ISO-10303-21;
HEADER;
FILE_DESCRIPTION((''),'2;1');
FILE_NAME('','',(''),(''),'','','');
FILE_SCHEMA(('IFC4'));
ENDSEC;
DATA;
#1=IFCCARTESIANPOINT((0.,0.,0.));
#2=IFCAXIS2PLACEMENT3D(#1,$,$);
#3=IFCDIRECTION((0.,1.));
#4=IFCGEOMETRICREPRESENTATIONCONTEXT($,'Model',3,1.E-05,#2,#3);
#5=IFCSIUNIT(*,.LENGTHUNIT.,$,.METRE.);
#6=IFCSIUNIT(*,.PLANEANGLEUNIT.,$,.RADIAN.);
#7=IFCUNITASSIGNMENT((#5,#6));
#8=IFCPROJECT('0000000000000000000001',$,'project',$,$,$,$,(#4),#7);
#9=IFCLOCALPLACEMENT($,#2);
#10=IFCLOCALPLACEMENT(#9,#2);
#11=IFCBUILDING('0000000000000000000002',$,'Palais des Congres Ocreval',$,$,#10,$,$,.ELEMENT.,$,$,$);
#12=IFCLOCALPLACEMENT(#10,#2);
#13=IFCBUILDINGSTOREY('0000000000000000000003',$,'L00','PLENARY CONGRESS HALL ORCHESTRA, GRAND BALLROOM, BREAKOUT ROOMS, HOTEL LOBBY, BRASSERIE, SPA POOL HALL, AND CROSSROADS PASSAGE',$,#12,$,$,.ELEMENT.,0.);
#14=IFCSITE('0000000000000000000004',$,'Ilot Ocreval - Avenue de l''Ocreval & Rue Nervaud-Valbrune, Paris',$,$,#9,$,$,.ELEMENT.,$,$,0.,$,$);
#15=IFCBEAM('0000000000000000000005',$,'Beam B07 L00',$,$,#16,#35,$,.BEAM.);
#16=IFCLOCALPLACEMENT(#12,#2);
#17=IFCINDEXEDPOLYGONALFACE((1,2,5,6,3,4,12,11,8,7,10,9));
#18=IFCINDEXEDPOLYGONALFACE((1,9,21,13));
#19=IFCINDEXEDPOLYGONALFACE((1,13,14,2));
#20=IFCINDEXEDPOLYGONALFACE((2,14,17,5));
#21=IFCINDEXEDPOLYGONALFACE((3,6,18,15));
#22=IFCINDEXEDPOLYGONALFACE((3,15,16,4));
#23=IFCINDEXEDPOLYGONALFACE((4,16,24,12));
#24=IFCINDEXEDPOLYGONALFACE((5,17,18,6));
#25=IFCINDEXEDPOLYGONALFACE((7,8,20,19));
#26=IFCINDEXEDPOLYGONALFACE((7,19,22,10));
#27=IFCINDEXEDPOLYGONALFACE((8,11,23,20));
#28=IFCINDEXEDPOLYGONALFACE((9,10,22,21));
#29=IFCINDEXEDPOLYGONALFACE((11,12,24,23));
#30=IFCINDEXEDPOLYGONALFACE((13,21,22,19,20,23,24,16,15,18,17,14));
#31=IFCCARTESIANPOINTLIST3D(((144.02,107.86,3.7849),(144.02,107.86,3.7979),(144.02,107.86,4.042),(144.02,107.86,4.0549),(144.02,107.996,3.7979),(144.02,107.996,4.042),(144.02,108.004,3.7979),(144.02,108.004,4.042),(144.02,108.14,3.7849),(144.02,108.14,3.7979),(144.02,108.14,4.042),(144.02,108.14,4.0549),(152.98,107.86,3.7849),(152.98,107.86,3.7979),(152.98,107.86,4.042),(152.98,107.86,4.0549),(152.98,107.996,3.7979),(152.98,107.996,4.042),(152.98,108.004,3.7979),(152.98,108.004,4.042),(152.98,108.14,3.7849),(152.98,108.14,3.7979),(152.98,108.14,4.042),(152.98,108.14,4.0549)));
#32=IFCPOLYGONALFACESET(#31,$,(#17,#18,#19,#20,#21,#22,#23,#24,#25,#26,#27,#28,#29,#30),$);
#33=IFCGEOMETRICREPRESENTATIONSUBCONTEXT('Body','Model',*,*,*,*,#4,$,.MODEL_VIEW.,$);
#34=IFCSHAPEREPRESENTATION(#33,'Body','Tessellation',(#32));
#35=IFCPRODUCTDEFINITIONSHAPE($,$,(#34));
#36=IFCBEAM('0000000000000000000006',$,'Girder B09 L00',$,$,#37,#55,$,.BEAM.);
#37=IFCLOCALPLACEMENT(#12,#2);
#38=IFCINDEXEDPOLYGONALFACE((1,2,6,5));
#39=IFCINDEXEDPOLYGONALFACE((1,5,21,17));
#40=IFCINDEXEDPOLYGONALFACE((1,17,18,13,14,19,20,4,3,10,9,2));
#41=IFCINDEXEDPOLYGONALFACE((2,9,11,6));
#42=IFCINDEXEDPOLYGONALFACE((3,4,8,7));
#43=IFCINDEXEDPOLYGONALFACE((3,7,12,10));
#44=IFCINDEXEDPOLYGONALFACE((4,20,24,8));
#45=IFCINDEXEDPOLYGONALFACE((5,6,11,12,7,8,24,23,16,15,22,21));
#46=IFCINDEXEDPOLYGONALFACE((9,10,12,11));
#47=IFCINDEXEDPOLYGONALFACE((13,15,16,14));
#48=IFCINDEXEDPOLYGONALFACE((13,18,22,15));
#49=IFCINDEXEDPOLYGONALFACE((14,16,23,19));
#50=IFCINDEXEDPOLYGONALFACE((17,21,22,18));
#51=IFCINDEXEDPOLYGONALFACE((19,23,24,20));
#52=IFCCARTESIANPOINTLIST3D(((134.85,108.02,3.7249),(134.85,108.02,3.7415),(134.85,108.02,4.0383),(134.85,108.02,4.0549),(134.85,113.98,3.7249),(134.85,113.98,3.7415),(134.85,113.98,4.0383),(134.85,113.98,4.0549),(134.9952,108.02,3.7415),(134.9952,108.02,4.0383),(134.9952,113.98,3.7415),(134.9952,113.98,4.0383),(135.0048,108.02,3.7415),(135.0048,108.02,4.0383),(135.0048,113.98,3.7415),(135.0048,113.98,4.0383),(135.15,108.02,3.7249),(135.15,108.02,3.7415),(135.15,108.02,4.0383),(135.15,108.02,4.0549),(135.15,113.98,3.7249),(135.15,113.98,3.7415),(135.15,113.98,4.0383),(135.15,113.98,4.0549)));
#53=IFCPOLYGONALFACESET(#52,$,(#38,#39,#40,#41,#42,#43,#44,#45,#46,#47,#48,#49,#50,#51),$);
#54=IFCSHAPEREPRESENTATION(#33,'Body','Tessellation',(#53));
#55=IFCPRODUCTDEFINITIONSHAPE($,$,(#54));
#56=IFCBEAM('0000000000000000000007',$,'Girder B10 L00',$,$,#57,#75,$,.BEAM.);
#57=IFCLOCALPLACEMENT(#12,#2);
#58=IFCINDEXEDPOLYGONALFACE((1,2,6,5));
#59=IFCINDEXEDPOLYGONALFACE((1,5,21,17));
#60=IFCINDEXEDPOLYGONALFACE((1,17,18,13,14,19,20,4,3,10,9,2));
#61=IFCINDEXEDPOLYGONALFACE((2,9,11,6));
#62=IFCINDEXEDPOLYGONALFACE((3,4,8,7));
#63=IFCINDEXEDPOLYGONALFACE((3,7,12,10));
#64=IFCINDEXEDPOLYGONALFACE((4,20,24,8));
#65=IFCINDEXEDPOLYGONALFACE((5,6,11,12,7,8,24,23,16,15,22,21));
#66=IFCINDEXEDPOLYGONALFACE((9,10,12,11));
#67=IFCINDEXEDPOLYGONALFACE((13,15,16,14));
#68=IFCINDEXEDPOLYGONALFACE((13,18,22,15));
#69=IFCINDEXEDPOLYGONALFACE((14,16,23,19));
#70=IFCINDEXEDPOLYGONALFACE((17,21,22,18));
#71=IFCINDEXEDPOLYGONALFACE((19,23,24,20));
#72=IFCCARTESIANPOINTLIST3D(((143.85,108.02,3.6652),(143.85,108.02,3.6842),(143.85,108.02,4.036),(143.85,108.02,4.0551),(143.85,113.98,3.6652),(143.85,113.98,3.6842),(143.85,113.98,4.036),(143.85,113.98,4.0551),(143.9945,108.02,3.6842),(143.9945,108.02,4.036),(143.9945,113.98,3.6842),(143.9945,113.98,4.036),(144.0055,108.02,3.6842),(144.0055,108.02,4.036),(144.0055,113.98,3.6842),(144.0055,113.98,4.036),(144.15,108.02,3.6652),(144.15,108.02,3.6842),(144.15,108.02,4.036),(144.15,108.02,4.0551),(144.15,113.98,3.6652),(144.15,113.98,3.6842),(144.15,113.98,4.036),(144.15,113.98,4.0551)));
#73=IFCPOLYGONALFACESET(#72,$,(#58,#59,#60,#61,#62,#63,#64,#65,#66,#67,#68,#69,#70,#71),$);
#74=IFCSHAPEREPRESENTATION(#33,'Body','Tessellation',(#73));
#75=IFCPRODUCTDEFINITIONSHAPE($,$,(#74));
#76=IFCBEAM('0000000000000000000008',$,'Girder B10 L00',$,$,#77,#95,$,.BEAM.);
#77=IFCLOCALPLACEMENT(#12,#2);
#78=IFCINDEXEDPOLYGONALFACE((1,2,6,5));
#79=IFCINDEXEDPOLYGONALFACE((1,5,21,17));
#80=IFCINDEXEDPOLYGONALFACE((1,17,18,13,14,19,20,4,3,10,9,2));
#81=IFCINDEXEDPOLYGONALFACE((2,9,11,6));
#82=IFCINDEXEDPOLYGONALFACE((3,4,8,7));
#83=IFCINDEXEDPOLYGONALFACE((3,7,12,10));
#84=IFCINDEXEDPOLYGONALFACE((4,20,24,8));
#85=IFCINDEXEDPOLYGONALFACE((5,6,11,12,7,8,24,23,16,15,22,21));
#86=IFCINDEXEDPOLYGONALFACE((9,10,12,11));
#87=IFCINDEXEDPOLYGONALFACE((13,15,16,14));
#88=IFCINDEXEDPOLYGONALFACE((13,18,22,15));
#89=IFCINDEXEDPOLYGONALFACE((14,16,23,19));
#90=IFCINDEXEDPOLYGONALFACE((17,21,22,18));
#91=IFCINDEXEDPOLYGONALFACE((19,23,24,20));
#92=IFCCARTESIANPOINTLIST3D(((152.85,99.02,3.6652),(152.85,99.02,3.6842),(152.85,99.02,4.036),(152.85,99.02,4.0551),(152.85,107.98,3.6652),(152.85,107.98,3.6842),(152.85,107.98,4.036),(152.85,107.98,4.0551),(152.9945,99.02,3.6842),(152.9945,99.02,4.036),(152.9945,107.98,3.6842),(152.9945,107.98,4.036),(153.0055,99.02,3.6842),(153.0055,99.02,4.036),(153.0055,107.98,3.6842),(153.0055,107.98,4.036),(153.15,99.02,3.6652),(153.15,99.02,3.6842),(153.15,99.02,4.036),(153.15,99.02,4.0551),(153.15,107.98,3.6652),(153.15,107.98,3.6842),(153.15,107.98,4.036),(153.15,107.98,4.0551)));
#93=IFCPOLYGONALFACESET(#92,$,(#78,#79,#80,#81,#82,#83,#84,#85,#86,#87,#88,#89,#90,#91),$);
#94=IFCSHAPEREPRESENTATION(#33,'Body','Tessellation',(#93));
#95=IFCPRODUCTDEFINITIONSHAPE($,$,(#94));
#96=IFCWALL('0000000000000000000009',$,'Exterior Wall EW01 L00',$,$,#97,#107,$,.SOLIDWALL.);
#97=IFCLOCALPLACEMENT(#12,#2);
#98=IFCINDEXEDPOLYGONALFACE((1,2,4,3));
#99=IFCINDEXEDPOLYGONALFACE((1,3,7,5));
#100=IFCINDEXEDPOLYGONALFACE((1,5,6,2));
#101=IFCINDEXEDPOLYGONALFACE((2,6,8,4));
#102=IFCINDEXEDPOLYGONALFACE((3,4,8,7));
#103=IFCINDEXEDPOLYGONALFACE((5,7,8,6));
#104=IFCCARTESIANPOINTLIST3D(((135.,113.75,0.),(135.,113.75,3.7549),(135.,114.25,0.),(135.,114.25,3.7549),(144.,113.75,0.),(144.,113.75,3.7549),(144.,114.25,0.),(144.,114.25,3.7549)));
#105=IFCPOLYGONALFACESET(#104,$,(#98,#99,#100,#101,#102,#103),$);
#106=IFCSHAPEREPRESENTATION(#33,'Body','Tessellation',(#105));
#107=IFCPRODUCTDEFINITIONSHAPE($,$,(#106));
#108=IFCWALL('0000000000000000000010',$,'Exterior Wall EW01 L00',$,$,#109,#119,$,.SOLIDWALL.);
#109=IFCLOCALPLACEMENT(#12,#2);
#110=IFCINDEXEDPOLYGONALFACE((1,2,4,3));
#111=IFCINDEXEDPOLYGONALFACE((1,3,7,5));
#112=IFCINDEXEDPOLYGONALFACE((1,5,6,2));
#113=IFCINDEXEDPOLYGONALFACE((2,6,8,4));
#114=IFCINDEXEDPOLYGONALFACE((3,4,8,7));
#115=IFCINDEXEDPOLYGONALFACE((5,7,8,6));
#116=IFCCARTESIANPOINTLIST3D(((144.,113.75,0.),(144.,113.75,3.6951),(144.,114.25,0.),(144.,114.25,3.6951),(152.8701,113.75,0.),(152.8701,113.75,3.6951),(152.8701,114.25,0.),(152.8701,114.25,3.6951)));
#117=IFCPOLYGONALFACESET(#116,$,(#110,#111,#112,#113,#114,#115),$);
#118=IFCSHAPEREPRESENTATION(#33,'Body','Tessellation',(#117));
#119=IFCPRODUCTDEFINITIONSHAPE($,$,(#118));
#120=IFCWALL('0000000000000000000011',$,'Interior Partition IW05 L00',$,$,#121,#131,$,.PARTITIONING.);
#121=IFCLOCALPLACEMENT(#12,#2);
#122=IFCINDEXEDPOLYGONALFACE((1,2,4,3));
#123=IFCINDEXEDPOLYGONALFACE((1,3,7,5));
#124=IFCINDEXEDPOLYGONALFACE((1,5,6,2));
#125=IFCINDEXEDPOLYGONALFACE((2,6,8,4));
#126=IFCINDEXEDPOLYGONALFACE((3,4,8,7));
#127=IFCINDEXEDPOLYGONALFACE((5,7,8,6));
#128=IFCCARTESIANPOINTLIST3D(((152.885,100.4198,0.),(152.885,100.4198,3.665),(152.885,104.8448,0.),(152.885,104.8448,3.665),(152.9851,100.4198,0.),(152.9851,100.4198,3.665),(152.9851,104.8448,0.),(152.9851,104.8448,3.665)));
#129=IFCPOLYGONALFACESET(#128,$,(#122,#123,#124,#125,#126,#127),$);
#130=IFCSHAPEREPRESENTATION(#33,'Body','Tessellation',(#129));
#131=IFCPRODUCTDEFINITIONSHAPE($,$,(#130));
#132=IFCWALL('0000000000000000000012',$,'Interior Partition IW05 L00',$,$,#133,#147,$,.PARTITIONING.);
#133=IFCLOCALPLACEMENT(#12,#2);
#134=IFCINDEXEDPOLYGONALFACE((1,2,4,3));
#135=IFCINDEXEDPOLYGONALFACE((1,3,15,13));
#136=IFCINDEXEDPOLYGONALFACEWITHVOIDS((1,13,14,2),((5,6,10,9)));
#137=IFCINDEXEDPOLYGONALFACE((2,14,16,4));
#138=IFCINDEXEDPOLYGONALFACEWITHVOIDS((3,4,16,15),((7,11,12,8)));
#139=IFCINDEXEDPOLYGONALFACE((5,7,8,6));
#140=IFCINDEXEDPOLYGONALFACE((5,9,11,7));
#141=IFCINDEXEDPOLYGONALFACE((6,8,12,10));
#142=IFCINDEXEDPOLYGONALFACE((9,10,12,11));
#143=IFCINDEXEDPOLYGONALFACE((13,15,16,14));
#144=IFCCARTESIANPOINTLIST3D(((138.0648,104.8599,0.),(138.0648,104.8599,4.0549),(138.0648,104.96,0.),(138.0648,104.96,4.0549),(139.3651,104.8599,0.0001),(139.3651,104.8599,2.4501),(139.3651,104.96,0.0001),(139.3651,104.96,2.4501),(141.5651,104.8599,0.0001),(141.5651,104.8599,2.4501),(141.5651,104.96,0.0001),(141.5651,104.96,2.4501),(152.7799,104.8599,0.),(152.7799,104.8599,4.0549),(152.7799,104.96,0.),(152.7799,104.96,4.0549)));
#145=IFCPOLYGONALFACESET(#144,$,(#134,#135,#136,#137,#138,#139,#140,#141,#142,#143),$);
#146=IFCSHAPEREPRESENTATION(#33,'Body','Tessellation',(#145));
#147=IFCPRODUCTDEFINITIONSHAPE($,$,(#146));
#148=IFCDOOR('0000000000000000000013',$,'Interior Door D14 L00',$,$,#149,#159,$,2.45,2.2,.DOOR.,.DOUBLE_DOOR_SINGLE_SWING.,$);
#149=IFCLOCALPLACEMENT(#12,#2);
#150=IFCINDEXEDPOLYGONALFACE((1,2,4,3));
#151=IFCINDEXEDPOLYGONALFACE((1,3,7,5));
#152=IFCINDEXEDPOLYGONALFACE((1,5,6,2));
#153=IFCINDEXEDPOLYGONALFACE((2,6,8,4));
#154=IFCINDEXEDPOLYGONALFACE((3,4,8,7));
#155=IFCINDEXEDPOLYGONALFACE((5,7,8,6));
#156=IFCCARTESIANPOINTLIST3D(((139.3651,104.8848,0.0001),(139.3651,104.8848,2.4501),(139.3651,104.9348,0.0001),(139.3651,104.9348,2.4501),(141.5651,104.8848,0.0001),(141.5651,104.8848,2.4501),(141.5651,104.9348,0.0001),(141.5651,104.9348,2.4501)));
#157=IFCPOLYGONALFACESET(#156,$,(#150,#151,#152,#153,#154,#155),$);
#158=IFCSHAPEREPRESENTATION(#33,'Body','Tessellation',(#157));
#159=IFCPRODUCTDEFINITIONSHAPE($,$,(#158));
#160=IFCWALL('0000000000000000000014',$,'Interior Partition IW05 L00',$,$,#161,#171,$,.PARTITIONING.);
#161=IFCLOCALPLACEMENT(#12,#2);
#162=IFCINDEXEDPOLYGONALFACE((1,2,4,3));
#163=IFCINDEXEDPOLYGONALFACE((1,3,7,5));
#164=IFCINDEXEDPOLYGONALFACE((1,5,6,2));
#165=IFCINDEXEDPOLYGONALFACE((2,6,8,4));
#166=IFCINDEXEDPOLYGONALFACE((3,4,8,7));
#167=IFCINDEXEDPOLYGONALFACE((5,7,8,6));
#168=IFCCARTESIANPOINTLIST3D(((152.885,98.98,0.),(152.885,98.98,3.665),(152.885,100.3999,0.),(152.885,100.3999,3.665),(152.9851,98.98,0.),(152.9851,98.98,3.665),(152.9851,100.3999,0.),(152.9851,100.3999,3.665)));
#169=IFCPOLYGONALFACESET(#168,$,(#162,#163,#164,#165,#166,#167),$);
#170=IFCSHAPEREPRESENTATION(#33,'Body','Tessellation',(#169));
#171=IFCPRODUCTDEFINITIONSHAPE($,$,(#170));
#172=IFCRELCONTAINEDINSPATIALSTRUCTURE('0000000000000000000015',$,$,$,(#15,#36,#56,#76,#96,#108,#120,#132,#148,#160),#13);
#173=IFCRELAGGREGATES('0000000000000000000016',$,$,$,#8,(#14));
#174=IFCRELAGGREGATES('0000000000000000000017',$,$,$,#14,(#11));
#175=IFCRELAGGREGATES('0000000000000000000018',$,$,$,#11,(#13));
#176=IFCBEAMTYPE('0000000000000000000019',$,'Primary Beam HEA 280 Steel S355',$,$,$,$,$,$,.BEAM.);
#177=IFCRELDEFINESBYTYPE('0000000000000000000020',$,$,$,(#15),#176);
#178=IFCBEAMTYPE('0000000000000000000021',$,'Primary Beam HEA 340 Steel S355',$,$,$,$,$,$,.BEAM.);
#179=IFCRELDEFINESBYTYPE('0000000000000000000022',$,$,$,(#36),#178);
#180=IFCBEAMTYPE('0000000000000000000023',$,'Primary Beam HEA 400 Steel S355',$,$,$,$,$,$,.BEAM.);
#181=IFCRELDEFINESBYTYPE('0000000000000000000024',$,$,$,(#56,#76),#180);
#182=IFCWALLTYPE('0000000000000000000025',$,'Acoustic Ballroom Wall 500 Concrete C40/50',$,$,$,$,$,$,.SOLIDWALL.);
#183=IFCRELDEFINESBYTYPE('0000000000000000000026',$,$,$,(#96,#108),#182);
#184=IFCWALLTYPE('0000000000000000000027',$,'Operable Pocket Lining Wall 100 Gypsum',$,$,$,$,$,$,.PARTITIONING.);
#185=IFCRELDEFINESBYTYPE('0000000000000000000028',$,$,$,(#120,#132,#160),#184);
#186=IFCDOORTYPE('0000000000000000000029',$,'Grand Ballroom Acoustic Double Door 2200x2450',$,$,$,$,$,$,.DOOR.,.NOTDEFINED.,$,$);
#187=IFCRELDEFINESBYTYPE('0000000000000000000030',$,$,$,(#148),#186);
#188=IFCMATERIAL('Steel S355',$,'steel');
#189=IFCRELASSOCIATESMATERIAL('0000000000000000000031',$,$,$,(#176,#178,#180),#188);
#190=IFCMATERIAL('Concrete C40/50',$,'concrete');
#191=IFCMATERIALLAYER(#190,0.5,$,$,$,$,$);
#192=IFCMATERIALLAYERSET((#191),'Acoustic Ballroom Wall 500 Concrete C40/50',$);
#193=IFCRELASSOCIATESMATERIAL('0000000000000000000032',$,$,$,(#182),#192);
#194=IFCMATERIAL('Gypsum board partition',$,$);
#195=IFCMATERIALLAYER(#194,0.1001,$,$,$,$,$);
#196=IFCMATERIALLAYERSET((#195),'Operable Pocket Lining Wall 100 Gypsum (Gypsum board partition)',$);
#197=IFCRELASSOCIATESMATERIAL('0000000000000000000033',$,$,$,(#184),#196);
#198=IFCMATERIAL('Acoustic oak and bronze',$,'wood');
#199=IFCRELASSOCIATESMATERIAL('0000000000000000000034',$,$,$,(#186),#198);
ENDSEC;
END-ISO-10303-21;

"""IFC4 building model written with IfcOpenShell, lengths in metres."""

from ifc_helpers import new_model, si_unit, direction, frame, frame_2d, origin, origin_2d, place, context, subcontext, project, spatial, rectangle, i_section, extrude, material, layer, layer_set, material_profile, profile_set, type_object, element, fill, save


model = new_model("IFC4")

# Units and contexts
model_context = context("Model", 3, precision=1e-05, world=origin(), true_north=direction((0.0, 1.0)))
body_context = subcontext(model_context, "Body", "Model", "MODEL_VIEW")
ifc_project = project(units=[si_unit("LENGTHUNIT", "METRE"), si_unit("PLANEANGLEUNIT", "RADIAN")], contexts=[model_context])

# Site, building, storey
site_placement = place(None, origin())
site = spatial("IfcSite", under=ifc_project, at=site_placement, Name="Ilot Ocreval - Avenue de l'Ocreval & Rue Nervaud-Valbrune, Paris", CompositionType="ELEMENT", RefElevation=0.0)
building_placement = place(site_placement, origin())
building = spatial("IfcBuilding", under=site, at=building_placement, Name="Palais des Congres Ocreval", CompositionType="ELEMENT")
storey_placement = place(building_placement, origin())
storey = spatial("IfcBuildingStorey", under=building, at=storey_placement, Name="L00", Description="PLENARY CONGRESS HALL ORCHESTRA, GRAND BALLROOM, BREAKOUT ROOMS, HOTEL LOBBY, BRASSERIE, SPA POOL HALL, AND CROSSROADS PASSAGE", CompositionType="ELEMENT", Elevation=0.0)

# Shared definitions
ifc_material_1 = material(Name="Steel S355", Category="steel")

# Beams
ifc_material_profile_1 = material_profile(ifc_material_1, i_section(OverallWidth=0.28, OverallDepth=0.27, WebThickness=0.0081, FlangeThickness=0.0129, at=origin_2d()), Name="HEA 280")
ifc_profile_set_1 = profile_set([ifc_material_profile_1], Name="Steel S355")
beam_type_1 = type_object("IfcBeamType", Name="Primary Beam HEA 280 Steel S355", PredefinedType="BEAM", material=ifc_profile_set_1)
beam_1_placement = place(storey_placement, frame((144.02, 108.0, 3.9199), z_axis=(1.0, 0.0, 0.0), x_axis=(0.0, 1.0, 0.0)))
element("IfcBeam", 1, at=beam_1_placement, inside=storey, type_object=beam_type_1, Name="Beam B07 L00", PredefinedType="BEAM", context=body_context, shape_type="SweptSolid", body=[
    extrude(i_section(OverallWidth=0.28, OverallDepth=0.27, WebThickness=0.0081, FlangeThickness=0.0129, at=origin_2d()), origin(), (0.0, 0.0, 1.0), 8.96),
])
ifc_material_profile_2 = material_profile(ifc_material_1, i_section(OverallWidth=0.3, OverallDepth=0.3301, WebThickness=0.0095, FlangeThickness=0.0166, at=origin_2d()), Name="HEA 340")
ifc_profile_set_2 = profile_set([ifc_material_profile_2], Name="Steel S355")
beam_type_2 = type_object("IfcBeamType", Name="Primary Beam HEA 340 Steel S355", PredefinedType="BEAM", material=ifc_profile_set_2)
beam_2_placement = place(storey_placement, frame((135.0, 108.02, 3.8899), z_axis=(0.0, 1.0, 0.0), x_axis=(-1.0, 0.0, 0.0)))
element("IfcBeam", 2, at=beam_2_placement, inside=storey, type_object=beam_type_2, Name="Girder B09 L00", PredefinedType="BEAM", context=body_context, shape_type="SweptSolid", body=[
    extrude(i_section(OverallWidth=0.3, OverallDepth=0.3301, WebThickness=0.0095, FlangeThickness=0.0166, at=origin_2d()), origin(), (0.0, 0.0, 1.0), 5.96),
])
ifc_material_profile_3 = material_profile(ifc_material_1, i_section(OverallWidth=0.3, OverallDepth=0.3899, WebThickness=0.011, FlangeThickness=0.019, at=origin_2d()), Name="HEA 400")
ifc_profile_set_3 = profile_set([ifc_material_profile_3], Name="Steel S355")
beam_type_3 = type_object("IfcBeamType", Name="Primary Beam HEA 400 Steel S355", PredefinedType="BEAM", material=ifc_profile_set_3)
beam_3_placement = place(storey_placement, frame((144.0, 108.02, 3.8601), z_axis=(0.0, 1.0, 0.0), x_axis=(-1.0, 0.0, 0.0)))
element("IfcBeam", 3, at=beam_3_placement, inside=storey, type_object=beam_type_3, Name="Girder B10 L00", PredefinedType="BEAM", context=body_context, shape_type="SweptSolid", body=[
    extrude(i_section(OverallWidth=0.3, OverallDepth=0.3899, WebThickness=0.011, FlangeThickness=0.019, at=origin_2d()), origin(), (0.0, 0.0, 1.0), 5.96),
])
beam_4_placement = place(storey_placement, frame((153.0, 99.02, 3.8601), z_axis=(0.0, 1.0, 0.0), x_axis=(-1.0, 0.0, 0.0)))
element("IfcBeam", 4, at=beam_4_placement, inside=storey, type_object=beam_type_3, Name="Girder B10 L00", PredefinedType="BEAM", context=body_context, shape_type="SweptSolid", body=[
    extrude(i_section(OverallWidth=0.3, OverallDepth=0.3899, WebThickness=0.011, FlangeThickness=0.019, at=origin_2d()), origin(), (0.0, 0.0, 1.0), 8.96),
])

# Walls
ifc_material_2 = material(Name="Concrete C40/50", Category="concrete")
ifc_layer_1 = layer(ifc_material_2, 0.5)
ifc_layer_set_1 = layer_set([ifc_layer_1], Name="Acoustic Ballroom Wall 500 Concrete C40/50")
wall_type_1 = type_object("IfcWallType", Name="Acoustic Ballroom Wall 500 Concrete C40/50", PredefinedType="SOLIDWALL", material=ifc_layer_set_1)
wall_1_placement = place(storey_placement, frame((135.0, 114.0, 0.0), z_axis=(0.0, 0.0, 1.0), x_axis=(1.0, 0.0, 0.0)))
element("IfcWall", 5, at=wall_1_placement, inside=storey, type_object=wall_type_1, Name="Exterior Wall EW01 L00", PredefinedType="SOLIDWALL", context=body_context, shape_type="SweptSolid", body=[
    extrude(rectangle(XDim=9.0, YDim=0.5, at=frame_2d((4.5, 0.0))), origin(), (0.0, 0.0, 1.0), 3.7549),
])
wall_2_placement = place(storey_placement, frame((144.0, 114.0, 0.0), z_axis=(0.0, 0.0, 1.0), x_axis=(1.0, 0.0, 0.0)))
element("IfcWall", 6, at=wall_2_placement, inside=storey, type_object=wall_type_1, Name="Exterior Wall EW01 L00", PredefinedType="SOLIDWALL", context=body_context, shape_type="SweptSolid", body=[
    extrude(rectangle(XDim=8.8701, YDim=0.5, at=frame_2d((4.4351, 0.0))), origin(), (0.0, 0.0, 1.0), 3.6951),
])
ifc_material_3 = material(Name="Gypsum board partition")
ifc_layer_2 = layer(ifc_material_3, 0.1001)
ifc_layer_set_2 = layer_set([ifc_layer_2], Name="Operable Pocket Lining Wall 100 Gypsum (Gypsum board partition)")
wall_type_2 = type_object("IfcWallType", Name="Operable Pocket Lining Wall 100 Gypsum", PredefinedType="PARTITIONING", material=ifc_layer_set_2)
wall_3_placement = place(storey_placement, frame((152.9351, 100.4199, 0.0), z_axis=(0.0, 0.0, 1.0), x_axis=(0.0, 1.0, 0.0)))
element("IfcWall", 7, at=wall_3_placement, inside=storey, type_object=wall_type_2, Name="Interior Partition IW05 L00", PredefinedType="PARTITIONING", context=body_context, shape_type="SweptSolid", body=[
    extrude(rectangle(XDim=4.425, YDim=0.1001, at=frame_2d((2.2124, 0.0))), origin(), (0.0, 0.0, 1.0), 3.665),
])

# Wall, opening, door
wall_4_placement = place(storey_placement, frame((138.0649, 104.9099, 0.0), z_axis=(0.0, 0.0, 1.0), x_axis=(1.0, 0.0, 0.0)))
wall_4 = element("IfcWall", 8, at=wall_4_placement, inside=storey, type_object=wall_type_2, Name="Interior Partition IW05 L00", PredefinedType="PARTITIONING", context=body_context, shape_type="SweptSolid", body=[
    extrude(rectangle(XDim=14.7151, YDim=0.1001, at=frame_2d((7.3574, 0.0))), origin(), (0.0, 0.0, 1.0), 4.0549),
])
opening_placement = place(wall_4_placement, frame((1.3, 0.0, 0.0)))
opening = element("IfcOpeningElement", 9, at=opening_placement, cuts=wall_4, PredefinedType="OPENING", context=body_context, shape_type="SweptSolid", body=[
    extrude(rectangle(XDim=2.2, YDim=2.45, at=frame_2d((1.1001, 1.2251))), frame((0.0, 0.0601, 0.0), z_axis=(0.0, -1.0, 0.0), x_axis=(1.0, 0.0, 0.0)), (0.0, 0.0, 1.0), 0.1201),
])
ifc_material_4 = material(Name="Acoustic oak and bronze", Category="wood")
door_type = type_object("IfcDoorType", Name="Grand Ballroom Acoustic Double Door 2200x2450", OperationType="NOTDEFINED", PredefinedType="DOOR", material=ifc_material_4)
door_placement = place(opening_placement, origin())
door = element("IfcDoor", 10, at=door_placement, inside=storey, type_object=door_type, Name="Interior Door D14 L00", OperationType="DOUBLE_DOOR_SINGLE_SWING", OverallHeight=2.45, OverallWidth=2.2, PredefinedType="DOOR", context=body_context, shape_type="SweptSolid", body=[
    extrude(rectangle(XDim=2.2, YDim=2.45, at=frame_2d((1.1001, 1.2251))), frame((0.0, 0.0249, 0.0), z_axis=(0.0, -1.0, 0.0), x_axis=(1.0, 0.0, 0.0)), (0.0, 0.0, 1.0), 0.05),
])
fill(opening, door)

# Wall
wall_5_placement = place(storey_placement, frame((152.9351, 98.98, 0.0), z_axis=(0.0, 0.0, 1.0), x_axis=(0.0, 1.0, 0.0)))
element("IfcWall", 11, at=wall_5_placement, inside=storey, type_object=wall_type_2, Name="Interior Partition IW05 L00", PredefinedType="PARTITIONING", context=body_context, shape_type="SweptSolid", body=[
    extrude(rectangle(XDim=1.4199, YDim=0.1001, at=frame_2d((0.71, 0.0))), origin(), (0.0, 0.0, 1.0), 3.665),
])

save(model, "model.ifc")
